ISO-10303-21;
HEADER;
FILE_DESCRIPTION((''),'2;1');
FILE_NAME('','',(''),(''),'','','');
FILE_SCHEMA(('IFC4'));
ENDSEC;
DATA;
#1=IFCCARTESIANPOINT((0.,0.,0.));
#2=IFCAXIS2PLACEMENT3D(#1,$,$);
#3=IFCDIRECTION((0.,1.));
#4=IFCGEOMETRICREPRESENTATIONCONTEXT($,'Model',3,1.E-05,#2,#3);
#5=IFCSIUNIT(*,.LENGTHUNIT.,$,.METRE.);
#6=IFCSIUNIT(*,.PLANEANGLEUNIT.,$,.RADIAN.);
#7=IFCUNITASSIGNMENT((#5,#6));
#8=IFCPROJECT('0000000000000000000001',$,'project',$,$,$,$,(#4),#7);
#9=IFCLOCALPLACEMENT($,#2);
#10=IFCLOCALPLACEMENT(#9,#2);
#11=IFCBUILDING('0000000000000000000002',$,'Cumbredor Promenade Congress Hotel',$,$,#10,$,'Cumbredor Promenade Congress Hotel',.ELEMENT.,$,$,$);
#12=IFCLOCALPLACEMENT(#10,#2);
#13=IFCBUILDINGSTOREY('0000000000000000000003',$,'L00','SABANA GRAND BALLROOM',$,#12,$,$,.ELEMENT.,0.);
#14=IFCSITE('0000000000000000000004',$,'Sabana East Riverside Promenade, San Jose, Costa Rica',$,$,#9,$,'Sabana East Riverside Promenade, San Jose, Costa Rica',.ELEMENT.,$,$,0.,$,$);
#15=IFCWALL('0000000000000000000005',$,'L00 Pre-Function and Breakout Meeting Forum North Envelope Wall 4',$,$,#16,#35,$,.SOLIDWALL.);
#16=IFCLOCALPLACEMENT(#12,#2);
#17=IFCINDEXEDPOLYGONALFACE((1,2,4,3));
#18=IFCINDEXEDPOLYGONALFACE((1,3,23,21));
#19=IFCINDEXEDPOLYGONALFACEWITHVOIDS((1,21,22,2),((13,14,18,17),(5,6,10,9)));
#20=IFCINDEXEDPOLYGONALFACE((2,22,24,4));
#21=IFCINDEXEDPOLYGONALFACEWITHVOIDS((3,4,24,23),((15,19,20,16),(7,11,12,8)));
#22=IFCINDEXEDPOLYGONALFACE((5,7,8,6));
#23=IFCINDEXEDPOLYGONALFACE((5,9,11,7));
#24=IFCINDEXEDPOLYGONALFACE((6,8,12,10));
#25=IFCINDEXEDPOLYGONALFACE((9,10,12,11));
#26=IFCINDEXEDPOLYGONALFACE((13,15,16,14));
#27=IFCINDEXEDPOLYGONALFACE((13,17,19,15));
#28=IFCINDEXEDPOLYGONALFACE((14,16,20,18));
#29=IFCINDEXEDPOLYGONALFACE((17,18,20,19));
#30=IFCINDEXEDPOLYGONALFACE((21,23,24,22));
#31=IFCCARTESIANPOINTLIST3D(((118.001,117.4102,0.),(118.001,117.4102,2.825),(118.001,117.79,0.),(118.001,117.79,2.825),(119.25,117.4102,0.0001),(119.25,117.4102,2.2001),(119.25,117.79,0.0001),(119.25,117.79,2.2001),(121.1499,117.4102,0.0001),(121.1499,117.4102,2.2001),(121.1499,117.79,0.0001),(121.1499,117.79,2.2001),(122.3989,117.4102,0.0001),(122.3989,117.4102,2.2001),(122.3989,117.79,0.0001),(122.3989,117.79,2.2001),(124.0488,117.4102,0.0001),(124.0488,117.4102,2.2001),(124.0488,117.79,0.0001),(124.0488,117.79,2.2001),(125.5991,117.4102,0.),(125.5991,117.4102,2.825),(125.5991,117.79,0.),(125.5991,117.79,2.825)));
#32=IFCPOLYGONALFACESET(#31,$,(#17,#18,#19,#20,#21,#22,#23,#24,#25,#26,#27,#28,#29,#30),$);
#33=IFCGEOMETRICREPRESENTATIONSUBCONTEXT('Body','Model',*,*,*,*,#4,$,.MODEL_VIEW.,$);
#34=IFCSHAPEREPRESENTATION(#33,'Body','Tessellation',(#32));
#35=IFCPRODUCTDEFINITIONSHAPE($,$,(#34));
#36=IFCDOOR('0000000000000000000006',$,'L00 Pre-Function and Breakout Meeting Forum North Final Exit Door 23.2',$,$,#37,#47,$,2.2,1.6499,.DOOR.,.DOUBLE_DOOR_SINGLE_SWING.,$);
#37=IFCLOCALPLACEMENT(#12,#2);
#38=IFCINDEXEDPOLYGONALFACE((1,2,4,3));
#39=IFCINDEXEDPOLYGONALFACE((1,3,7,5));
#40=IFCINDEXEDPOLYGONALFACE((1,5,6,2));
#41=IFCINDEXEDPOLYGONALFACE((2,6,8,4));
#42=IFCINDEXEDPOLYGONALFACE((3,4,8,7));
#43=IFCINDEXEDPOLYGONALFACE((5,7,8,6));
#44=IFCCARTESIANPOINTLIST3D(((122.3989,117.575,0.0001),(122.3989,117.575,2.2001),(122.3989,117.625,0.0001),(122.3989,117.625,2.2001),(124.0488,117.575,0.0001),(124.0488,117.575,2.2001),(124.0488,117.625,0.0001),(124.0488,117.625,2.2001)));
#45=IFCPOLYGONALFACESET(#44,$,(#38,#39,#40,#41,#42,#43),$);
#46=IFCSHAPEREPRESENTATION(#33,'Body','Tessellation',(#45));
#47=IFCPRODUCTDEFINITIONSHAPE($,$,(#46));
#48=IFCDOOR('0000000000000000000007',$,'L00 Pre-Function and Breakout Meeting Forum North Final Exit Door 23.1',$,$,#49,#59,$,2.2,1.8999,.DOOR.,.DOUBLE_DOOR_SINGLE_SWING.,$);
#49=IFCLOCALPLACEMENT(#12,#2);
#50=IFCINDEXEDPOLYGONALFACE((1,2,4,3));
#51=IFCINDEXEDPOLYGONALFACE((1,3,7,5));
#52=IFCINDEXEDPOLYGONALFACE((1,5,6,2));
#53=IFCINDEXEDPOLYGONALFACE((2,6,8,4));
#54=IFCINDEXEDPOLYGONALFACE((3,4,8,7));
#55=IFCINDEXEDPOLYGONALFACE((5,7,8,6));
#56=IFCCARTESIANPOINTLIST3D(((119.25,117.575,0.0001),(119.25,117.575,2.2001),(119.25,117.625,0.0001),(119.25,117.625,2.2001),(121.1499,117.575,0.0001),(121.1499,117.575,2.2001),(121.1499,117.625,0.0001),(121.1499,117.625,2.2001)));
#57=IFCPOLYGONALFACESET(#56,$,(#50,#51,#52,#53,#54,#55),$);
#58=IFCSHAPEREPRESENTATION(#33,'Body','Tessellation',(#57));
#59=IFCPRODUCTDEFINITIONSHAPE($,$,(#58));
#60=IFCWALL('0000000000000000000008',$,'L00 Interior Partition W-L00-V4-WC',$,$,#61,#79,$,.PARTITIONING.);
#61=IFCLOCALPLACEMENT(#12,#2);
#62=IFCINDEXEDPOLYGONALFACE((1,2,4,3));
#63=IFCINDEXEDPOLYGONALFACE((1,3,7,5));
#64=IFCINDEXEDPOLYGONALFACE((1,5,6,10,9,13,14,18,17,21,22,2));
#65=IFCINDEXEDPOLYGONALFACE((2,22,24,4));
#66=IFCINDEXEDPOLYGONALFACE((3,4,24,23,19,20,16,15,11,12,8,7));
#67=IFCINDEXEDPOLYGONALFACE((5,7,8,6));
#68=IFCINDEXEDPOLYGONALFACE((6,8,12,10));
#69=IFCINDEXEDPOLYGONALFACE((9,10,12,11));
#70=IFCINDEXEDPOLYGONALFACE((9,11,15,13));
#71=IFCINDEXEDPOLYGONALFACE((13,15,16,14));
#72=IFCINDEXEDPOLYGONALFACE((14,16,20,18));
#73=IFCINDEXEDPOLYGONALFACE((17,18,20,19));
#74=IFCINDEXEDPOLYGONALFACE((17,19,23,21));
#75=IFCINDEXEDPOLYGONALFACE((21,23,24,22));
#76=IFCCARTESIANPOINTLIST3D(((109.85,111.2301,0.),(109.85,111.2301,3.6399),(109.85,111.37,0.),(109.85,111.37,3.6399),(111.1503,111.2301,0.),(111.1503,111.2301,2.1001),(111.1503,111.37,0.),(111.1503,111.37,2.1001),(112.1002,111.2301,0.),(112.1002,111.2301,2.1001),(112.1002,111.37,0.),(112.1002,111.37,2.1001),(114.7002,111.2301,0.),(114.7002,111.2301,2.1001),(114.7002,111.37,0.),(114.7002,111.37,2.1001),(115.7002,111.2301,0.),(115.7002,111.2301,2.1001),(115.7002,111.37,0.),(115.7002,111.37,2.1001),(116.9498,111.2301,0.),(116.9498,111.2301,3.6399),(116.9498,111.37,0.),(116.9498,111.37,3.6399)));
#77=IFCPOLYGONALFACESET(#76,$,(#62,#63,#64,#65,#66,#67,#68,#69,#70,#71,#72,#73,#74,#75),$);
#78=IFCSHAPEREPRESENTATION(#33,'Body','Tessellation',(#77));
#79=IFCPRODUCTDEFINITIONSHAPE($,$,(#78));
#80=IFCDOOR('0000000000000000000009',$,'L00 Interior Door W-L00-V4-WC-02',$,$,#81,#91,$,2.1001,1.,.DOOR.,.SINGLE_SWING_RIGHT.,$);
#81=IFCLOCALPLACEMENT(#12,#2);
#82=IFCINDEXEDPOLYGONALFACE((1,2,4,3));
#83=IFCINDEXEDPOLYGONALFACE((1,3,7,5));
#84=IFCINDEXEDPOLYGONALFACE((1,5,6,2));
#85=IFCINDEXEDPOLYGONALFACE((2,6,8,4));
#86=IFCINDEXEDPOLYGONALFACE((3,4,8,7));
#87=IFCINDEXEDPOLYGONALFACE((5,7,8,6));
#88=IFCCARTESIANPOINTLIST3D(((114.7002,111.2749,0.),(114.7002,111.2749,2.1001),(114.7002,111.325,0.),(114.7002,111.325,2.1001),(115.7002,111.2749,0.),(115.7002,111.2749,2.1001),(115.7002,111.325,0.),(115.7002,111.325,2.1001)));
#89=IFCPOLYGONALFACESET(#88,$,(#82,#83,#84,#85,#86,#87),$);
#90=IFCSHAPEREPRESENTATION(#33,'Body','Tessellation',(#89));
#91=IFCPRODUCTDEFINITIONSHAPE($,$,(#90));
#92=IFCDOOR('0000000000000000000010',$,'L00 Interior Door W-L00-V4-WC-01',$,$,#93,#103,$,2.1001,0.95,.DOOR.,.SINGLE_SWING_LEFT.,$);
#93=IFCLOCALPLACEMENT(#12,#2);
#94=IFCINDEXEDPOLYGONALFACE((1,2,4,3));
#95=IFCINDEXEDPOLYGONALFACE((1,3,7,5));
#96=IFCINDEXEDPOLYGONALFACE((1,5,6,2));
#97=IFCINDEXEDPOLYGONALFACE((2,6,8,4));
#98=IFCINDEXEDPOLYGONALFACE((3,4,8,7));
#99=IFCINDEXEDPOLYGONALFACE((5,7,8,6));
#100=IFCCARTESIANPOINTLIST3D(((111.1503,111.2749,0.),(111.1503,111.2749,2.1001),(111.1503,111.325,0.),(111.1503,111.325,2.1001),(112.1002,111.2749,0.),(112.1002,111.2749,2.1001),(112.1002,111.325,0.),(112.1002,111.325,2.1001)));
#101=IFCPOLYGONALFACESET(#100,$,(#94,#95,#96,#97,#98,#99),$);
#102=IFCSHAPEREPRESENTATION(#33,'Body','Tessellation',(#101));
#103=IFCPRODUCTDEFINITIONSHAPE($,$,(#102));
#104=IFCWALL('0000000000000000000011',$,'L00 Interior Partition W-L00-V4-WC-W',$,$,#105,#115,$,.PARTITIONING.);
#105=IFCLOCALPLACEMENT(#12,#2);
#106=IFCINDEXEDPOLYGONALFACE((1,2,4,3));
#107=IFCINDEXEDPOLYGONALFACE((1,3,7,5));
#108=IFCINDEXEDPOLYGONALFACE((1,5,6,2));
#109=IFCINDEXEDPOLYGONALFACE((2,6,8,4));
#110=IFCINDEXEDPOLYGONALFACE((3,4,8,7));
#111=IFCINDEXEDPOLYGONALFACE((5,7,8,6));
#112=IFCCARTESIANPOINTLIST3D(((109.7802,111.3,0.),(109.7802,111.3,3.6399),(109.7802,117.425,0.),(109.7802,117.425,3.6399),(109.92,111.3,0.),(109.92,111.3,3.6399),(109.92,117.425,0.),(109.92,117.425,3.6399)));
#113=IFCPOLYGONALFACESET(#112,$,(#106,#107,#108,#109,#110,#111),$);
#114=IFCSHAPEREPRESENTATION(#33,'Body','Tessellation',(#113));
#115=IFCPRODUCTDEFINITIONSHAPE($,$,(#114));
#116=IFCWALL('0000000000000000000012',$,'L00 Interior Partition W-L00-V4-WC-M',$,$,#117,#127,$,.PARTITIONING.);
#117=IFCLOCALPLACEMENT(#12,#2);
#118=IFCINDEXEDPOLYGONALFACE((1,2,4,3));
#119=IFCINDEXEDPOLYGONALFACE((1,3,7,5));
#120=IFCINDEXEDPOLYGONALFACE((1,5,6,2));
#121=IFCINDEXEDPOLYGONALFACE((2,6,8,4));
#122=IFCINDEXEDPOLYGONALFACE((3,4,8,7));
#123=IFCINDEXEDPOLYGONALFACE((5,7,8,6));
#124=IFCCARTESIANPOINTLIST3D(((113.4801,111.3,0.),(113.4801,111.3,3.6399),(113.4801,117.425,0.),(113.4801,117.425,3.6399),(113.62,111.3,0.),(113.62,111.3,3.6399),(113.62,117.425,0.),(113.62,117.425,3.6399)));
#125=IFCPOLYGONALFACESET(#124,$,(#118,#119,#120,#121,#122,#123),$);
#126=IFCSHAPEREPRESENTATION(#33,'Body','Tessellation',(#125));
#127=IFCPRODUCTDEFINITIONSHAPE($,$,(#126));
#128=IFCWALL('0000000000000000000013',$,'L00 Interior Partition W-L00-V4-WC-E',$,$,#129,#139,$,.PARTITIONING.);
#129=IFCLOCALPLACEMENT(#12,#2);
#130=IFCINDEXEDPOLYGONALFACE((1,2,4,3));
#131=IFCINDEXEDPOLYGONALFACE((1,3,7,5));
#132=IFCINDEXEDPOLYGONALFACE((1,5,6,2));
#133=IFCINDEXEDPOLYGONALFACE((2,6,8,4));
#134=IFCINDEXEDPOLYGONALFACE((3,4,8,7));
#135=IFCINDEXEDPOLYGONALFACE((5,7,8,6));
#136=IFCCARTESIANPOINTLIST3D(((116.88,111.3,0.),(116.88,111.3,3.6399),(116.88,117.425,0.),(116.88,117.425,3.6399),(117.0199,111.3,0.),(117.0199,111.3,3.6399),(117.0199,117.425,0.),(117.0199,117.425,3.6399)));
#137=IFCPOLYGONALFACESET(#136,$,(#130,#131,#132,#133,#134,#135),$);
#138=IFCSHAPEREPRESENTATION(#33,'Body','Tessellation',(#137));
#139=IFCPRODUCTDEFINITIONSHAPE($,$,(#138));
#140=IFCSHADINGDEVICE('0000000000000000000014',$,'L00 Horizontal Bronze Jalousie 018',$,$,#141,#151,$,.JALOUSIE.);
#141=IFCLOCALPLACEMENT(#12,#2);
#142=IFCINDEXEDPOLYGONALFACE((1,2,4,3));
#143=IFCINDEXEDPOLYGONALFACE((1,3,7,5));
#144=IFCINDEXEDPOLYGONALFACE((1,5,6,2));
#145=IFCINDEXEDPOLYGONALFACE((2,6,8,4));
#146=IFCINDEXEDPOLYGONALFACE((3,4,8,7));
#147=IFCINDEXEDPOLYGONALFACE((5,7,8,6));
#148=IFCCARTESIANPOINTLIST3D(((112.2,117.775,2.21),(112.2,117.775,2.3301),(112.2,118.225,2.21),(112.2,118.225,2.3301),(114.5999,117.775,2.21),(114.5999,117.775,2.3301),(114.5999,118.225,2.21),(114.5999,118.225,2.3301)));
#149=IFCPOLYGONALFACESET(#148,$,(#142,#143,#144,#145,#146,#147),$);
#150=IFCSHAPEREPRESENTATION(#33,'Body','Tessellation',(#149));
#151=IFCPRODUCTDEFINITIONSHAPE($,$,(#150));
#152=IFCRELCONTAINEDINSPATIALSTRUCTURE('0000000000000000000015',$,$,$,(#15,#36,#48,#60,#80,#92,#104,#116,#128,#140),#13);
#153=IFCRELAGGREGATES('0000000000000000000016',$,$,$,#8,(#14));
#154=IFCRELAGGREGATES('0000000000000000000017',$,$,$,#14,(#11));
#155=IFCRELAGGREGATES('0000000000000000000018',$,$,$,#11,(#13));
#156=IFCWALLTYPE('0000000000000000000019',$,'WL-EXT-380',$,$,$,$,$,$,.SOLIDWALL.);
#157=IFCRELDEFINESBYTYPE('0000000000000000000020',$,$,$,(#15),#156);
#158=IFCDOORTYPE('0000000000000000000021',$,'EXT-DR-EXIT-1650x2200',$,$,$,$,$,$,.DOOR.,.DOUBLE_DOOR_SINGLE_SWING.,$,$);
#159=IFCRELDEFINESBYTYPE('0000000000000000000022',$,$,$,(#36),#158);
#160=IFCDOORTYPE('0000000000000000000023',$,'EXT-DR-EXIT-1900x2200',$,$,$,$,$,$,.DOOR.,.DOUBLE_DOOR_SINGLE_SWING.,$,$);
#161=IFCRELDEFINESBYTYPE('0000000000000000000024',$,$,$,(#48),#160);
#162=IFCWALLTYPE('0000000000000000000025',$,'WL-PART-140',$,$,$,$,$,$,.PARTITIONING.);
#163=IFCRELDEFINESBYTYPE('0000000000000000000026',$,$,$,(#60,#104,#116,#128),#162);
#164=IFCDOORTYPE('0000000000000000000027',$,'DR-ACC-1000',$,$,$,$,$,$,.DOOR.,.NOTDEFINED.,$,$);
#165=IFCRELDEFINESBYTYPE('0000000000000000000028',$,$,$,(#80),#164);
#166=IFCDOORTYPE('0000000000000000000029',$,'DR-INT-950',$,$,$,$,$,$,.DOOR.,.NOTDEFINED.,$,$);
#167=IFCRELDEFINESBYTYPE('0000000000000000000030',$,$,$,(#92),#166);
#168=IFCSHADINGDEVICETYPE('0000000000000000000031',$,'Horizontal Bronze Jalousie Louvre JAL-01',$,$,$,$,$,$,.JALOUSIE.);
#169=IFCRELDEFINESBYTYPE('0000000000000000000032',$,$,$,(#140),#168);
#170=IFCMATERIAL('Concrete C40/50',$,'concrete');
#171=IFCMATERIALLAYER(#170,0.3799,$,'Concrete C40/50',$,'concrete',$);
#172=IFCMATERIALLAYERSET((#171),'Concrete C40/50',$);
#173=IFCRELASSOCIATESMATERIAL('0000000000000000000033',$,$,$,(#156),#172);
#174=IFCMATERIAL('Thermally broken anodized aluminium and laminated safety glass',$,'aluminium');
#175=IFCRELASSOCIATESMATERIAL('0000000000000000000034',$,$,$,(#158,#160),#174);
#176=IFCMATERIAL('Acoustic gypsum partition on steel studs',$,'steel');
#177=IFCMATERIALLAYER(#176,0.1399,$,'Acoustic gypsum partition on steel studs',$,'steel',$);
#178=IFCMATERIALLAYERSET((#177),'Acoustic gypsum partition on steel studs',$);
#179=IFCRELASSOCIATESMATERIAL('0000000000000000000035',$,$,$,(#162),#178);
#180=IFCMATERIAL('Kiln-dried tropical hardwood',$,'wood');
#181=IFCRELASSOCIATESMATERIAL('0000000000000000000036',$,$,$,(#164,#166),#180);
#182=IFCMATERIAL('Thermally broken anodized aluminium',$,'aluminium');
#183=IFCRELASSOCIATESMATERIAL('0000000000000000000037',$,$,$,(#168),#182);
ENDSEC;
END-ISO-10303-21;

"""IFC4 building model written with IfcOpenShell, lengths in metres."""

from ifc_helpers import new_model, si_unit, direction, frame, frame_2d, origin, origin_2d, place, context, subcontext, project, spatial, rectangle, extrude, material, layer, layer_set, type_object, element, fill, save


model = new_model("IFC4")

# Units and contexts
model_context = context("Model", 3, precision=1e-05, world=origin(), true_north=direction((0.0, 1.0)))
body_context = subcontext(model_context, "Body", "Model", "MODEL_VIEW")
ifc_project = project(units=[si_unit("LENGTHUNIT", "METRE"), si_unit("PLANEANGLEUNIT", "RADIAN")], contexts=[model_context])

# Site, building, storey
site_placement = place(None, origin())
site = spatial("IfcSite", under=ifc_project, at=site_placement, Name="Sabana East Riverside Promenade, San Jose, Costa Rica", LongName="Sabana East Riverside Promenade, San Jose, Costa Rica", CompositionType="ELEMENT", RefElevation=0.0)
building_placement = place(site_placement, origin())
building = spatial("IfcBuilding", under=site, at=building_placement, Name="Cumbredor Promenade Congress Hotel", LongName="Cumbredor Promenade Congress Hotel", CompositionType="ELEMENT")
storey_placement = place(building_placement, origin())
storey = spatial("IfcBuildingStorey", under=building, at=storey_placement, Name="L00", Description="SABANA GRAND BALLROOM", CompositionType="ELEMENT", Elevation=0.0)

# Shared definitions
ifc_material_1 = material(Name="Concrete C40/50", Category="concrete")

# Shared definitions
ifc_material_2 = material(Name="Thermally broken anodized aluminium", Category="aluminium")

# Walls, openings, doors
ifc_layer_1 = layer(ifc_material_1, 0.3799, Name="Concrete C40/50", Category="concrete")
ifc_layer_set_1 = layer_set([ifc_layer_1], Name="Concrete C40/50")
wall_type_1 = type_object("IfcWallType", Name="WL-EXT-380", PredefinedType="SOLIDWALL", material=ifc_layer_set_1)
wall_1_placement = place(storey_placement, frame((118.001, 117.6001, 0.0), z_axis=(0.0, 0.0, 1.0), x_axis=(1.0, 0.0, 0.0)))
wall_1 = element("IfcWall", 1, at=wall_1_placement, inside=storey, type_object=wall_type_1, Name="L00 Pre-Function and Breakout Meeting Forum North Envelope Wall 4", PredefinedType="SOLIDWALL", context=body_context, shape_type="SweptSolid", body=[
    extrude(rectangle(XDim=7.5981, YDim=0.3799, at=frame_2d((3.7991, 0.0))), origin(), (0.0, 0.0, 1.0), 2.825),
])
opening_1_placement = place(wall_1_placement, frame((1.249, 0.0, 0.0)))
opening_1 = element("IfcOpeningElement", 2, at=opening_1_placement, cuts=wall_1, PredefinedType="OPENING", context=body_context, shape_type="SweptSolid", body=[
    extrude(rectangle(XDim=1.8999, YDim=2.2, at=frame_2d((0.95, 1.1001))), frame((0.0, 0.2, 0.0), z_axis=(0.0, -1.0, 0.0), x_axis=(1.0, 0.0, 0.0)), (0.0, 0.0, 1.0), 0.3999),
])
opening_2_placement = place(wall_1_placement, frame((4.3979, 0.0, 0.0)))
opening_2 = element("IfcOpeningElement", 3, at=opening_2_placement, cuts=wall_1, PredefinedType="OPENING", context=body_context, shape_type="SweptSolid", body=[
    extrude(rectangle(XDim=1.6499, YDim=2.2, at=frame_2d((0.825, 1.1001))), frame((0.0, 0.2, 0.0), z_axis=(0.0, -1.0, 0.0), x_axis=(1.0, 0.0, 0.0)), (0.0, 0.0, 1.0), 0.3999),
])
ifc_material_3 = material(Name="Thermally broken anodized aluminium and laminated safety glass", Category="aluminium")
door_type_1 = type_object("IfcDoorType", Name="EXT-DR-EXIT-1650x2200", OperationType="DOUBLE_DOOR_SINGLE_SWING", PredefinedType="DOOR", material=ifc_material_3)
door_1_placement = place(opening_2_placement, origin())
door_1 = element("IfcDoor", 4, at=door_1_placement, inside=storey, type_object=door_type_1, Name="L00 Pre-Function and Breakout Meeting Forum North Final Exit Door 23.2", OperationType="DOUBLE_DOOR_SINGLE_SWING", OverallHeight=2.2, OverallWidth=1.6499, PredefinedType="DOOR", context=body_context, shape_type="SweptSolid", body=[
    extrude(rectangle(XDim=1.6499, YDim=2.2, at=frame_2d((0.825, 1.1001))), frame((0.0, 0.0249, 0.0), z_axis=(0.0, -1.0, 0.0), x_axis=(1.0, 0.0, 0.0)), (0.0, 0.0, 1.0), 0.05),
])
fill(opening_2, door_1)
door_type_2 = type_object("IfcDoorType", Name="EXT-DR-EXIT-1900x2200", OperationType="DOUBLE_DOOR_SINGLE_SWING", PredefinedType="DOOR", material=ifc_material_3)
door_2_placement = place(opening_1_placement, origin())
door_2 = element("IfcDoor", 5, at=door_2_placement, inside=storey, type_object=door_type_2, Name="L00 Pre-Function and Breakout Meeting Forum North Final Exit Door 23.1", OperationType="DOUBLE_DOOR_SINGLE_SWING", OverallHeight=2.2, OverallWidth=1.8999, PredefinedType="DOOR", context=body_context, shape_type="SweptSolid", body=[
    extrude(rectangle(XDim=1.8999, YDim=2.2, at=frame_2d((0.95, 1.1001))), frame((0.0, 0.0249, 0.0), z_axis=(0.0, -1.0, 0.0), x_axis=(1.0, 0.0, 0.0)), (0.0, 0.0, 1.0), 0.05),
])
fill(opening_1, door_2)
ifc_material_4 = material(Name="Acoustic gypsum partition on steel studs", Category="steel")
ifc_layer_2 = layer(ifc_material_4, 0.1399, Name="Acoustic gypsum partition on steel studs", Category="steel")
ifc_layer_set_2 = layer_set([ifc_layer_2], Name="Acoustic gypsum partition on steel studs")
wall_type_2 = type_object("IfcWallType", Name="WL-PART-140", PredefinedType="PARTITIONING", material=ifc_layer_set_2)
wall_2_placement = place(storey_placement, frame((109.8501, 111.3, 0.0), z_axis=(0.0, 0.0, 1.0), x_axis=(1.0, 0.0, 0.0)))
wall_2 = element("IfcWall", 6, at=wall_2_placement, inside=storey, type_object=wall_type_2, Name="L00 Interior Partition W-L00-V4-WC", PredefinedType="PARTITIONING", context=body_context, shape_type="SweptSolid", body=[
    extrude(rectangle(XDim=7.0999, YDim=0.1399, at=frame_2d((3.5498, 0.0))), origin(), (0.0, 0.0, 1.0), 3.6399),
])
opening_3_placement = place(wall_2_placement, frame((1.3, 0.0, 0.0)))
opening_3 = element("IfcOpeningElement", 7, at=opening_3_placement, cuts=wall_2, PredefinedType="OPENING", context=body_context, shape_type="SweptSolid", body=[
    extrude(rectangle(XDim=0.95, YDim=2.1001, at=frame_2d((0.4751, 1.05))), frame((0.0, 0.0801, 0.0), z_axis=(0.0, -1.0, 0.0), x_axis=(1.0, 0.0, 0.0)), (0.0, 0.0, 1.0), 0.1599),
])
opening_4_placement = place(wall_2_placement, frame((4.8501, 0.0, 0.0)))
opening_4 = element("IfcOpeningElement", 8, at=opening_4_placement, cuts=wall_2, PredefinedType="OPENING", context=body_context, shape_type="SweptSolid", body=[
    extrude(rectangle(XDim=1.0, YDim=2.1001, at=frame_2d((0.5, 1.05))), frame((0.0, 0.0801, 0.0), z_axis=(0.0, -1.0, 0.0), x_axis=(1.0, 0.0, 0.0)), (0.0, 0.0, 1.0), 0.1599),
])
ifc_material_5 = material(Name="Kiln-dried tropical hardwood", Category="wood")
door_type_3 = type_object("IfcDoorType", Name="DR-ACC-1000", OperationType="NOTDEFINED", PredefinedType="DOOR", material=ifc_material_5)
door_3_placement = place(opening_4_placement, origin())
door_3 = element("IfcDoor", 9, at=door_3_placement, inside=storey, type_object=door_type_3, Name="L00 Interior Door W-L00-V4-WC-02", OperationType="SINGLE_SWING_RIGHT", OverallHeight=2.1001, OverallWidth=1.0, PredefinedType="DOOR", context=body_context, shape_type="SweptSolid", body=[
    extrude(rectangle(XDim=1.0, YDim=2.1001, at=frame_2d((0.5, 1.05))), frame((0.0, 0.0249, 0.0), z_axis=(0.0, -1.0, 0.0), x_axis=(1.0, 0.0, 0.0)), (0.0, 0.0, 1.0), 0.05),
])
fill(opening_4, door_3)
door_type_4 = type_object("IfcDoorType", Name="DR-INT-950", OperationType="NOTDEFINED", PredefinedType="DOOR", material=ifc_material_5)
door_4_placement = place(opening_3_placement, origin())
door_4 = element("IfcDoor", 10, at=door_4_placement, inside=storey, type_object=door_type_4, Name="L00 Interior Door W-L00-V4-WC-01", OperationType="SINGLE_SWING_LEFT", OverallHeight=2.1001, OverallWidth=0.95, PredefinedType="DOOR", context=body_context, shape_type="SweptSolid", body=[
    extrude(rectangle(XDim=0.95, YDim=2.1001, at=frame_2d((0.4751, 1.05))), frame((0.0, 0.0249, 0.0), z_axis=(0.0, -1.0, 0.0), x_axis=(1.0, 0.0, 0.0)), (0.0, 0.0, 1.0), 0.05),
])
fill(opening_3, door_4)

# Walls
for number, where, z_axis, x_axis, name in (
    (11, (109.8501, 111.3, 0.0), (0.0, 0.0, 1.0), (0.0, 1.0, 0.0), "L00 Interior Partition W-L00-V4-WC-W"),
    (12, (113.55, 111.3, 0.0), (0.0, 0.0, 1.0), (0.0, 1.0, 0.0), "L00 Interior Partition W-L00-V4-WC-M"),
    (13, (116.95, 111.3, 0.0), (0.0, 0.0, 1.0), (0.0, 1.0, 0.0), "L00 Interior Partition W-L00-V4-WC-E"),
):
    element("IfcWall", number, at=place(storey_placement, frame(where, z_axis=z_axis, x_axis=x_axis)), inside=storey, type_object=wall_type_2, Name=name, PredefinedType="PARTITIONING", context=body_context, shape_type="SweptSolid", body=[
        extrude(rectangle(XDim=6.125, YDim=0.1399, at=frame_2d((3.0625, 0.0))), origin(), (0.0, 0.0, 1.0), 3.6399),
    ])

# Shading device
shading_device_type = type_object("IfcShadingDeviceType", Name="Horizontal Bronze Jalousie Louvre JAL-01", PredefinedType="JALOUSIE", material=ifc_material_2)
shading_device_placement = place(storey_placement, frame((113.3999, 118.0, 2.21), z_axis=(0.0, 0.0, 1.0), x_axis=(1.0, 0.0, 0.0)))
element("IfcShadingDevice", 14, at=shading_device_placement, inside=storey, type_object=shading_device_type, Name="L00 Horizontal Bronze Jalousie 018", PredefinedType="JALOUSIE", context=body_context, shape_type="SweptSolid", body=[
    extrude(rectangle(XDim=2.3999, YDim=0.45, at=origin_2d()), origin(), (0.0, 0.0, 1.0), 0.1201),
])

save(model, "model.ifc")
